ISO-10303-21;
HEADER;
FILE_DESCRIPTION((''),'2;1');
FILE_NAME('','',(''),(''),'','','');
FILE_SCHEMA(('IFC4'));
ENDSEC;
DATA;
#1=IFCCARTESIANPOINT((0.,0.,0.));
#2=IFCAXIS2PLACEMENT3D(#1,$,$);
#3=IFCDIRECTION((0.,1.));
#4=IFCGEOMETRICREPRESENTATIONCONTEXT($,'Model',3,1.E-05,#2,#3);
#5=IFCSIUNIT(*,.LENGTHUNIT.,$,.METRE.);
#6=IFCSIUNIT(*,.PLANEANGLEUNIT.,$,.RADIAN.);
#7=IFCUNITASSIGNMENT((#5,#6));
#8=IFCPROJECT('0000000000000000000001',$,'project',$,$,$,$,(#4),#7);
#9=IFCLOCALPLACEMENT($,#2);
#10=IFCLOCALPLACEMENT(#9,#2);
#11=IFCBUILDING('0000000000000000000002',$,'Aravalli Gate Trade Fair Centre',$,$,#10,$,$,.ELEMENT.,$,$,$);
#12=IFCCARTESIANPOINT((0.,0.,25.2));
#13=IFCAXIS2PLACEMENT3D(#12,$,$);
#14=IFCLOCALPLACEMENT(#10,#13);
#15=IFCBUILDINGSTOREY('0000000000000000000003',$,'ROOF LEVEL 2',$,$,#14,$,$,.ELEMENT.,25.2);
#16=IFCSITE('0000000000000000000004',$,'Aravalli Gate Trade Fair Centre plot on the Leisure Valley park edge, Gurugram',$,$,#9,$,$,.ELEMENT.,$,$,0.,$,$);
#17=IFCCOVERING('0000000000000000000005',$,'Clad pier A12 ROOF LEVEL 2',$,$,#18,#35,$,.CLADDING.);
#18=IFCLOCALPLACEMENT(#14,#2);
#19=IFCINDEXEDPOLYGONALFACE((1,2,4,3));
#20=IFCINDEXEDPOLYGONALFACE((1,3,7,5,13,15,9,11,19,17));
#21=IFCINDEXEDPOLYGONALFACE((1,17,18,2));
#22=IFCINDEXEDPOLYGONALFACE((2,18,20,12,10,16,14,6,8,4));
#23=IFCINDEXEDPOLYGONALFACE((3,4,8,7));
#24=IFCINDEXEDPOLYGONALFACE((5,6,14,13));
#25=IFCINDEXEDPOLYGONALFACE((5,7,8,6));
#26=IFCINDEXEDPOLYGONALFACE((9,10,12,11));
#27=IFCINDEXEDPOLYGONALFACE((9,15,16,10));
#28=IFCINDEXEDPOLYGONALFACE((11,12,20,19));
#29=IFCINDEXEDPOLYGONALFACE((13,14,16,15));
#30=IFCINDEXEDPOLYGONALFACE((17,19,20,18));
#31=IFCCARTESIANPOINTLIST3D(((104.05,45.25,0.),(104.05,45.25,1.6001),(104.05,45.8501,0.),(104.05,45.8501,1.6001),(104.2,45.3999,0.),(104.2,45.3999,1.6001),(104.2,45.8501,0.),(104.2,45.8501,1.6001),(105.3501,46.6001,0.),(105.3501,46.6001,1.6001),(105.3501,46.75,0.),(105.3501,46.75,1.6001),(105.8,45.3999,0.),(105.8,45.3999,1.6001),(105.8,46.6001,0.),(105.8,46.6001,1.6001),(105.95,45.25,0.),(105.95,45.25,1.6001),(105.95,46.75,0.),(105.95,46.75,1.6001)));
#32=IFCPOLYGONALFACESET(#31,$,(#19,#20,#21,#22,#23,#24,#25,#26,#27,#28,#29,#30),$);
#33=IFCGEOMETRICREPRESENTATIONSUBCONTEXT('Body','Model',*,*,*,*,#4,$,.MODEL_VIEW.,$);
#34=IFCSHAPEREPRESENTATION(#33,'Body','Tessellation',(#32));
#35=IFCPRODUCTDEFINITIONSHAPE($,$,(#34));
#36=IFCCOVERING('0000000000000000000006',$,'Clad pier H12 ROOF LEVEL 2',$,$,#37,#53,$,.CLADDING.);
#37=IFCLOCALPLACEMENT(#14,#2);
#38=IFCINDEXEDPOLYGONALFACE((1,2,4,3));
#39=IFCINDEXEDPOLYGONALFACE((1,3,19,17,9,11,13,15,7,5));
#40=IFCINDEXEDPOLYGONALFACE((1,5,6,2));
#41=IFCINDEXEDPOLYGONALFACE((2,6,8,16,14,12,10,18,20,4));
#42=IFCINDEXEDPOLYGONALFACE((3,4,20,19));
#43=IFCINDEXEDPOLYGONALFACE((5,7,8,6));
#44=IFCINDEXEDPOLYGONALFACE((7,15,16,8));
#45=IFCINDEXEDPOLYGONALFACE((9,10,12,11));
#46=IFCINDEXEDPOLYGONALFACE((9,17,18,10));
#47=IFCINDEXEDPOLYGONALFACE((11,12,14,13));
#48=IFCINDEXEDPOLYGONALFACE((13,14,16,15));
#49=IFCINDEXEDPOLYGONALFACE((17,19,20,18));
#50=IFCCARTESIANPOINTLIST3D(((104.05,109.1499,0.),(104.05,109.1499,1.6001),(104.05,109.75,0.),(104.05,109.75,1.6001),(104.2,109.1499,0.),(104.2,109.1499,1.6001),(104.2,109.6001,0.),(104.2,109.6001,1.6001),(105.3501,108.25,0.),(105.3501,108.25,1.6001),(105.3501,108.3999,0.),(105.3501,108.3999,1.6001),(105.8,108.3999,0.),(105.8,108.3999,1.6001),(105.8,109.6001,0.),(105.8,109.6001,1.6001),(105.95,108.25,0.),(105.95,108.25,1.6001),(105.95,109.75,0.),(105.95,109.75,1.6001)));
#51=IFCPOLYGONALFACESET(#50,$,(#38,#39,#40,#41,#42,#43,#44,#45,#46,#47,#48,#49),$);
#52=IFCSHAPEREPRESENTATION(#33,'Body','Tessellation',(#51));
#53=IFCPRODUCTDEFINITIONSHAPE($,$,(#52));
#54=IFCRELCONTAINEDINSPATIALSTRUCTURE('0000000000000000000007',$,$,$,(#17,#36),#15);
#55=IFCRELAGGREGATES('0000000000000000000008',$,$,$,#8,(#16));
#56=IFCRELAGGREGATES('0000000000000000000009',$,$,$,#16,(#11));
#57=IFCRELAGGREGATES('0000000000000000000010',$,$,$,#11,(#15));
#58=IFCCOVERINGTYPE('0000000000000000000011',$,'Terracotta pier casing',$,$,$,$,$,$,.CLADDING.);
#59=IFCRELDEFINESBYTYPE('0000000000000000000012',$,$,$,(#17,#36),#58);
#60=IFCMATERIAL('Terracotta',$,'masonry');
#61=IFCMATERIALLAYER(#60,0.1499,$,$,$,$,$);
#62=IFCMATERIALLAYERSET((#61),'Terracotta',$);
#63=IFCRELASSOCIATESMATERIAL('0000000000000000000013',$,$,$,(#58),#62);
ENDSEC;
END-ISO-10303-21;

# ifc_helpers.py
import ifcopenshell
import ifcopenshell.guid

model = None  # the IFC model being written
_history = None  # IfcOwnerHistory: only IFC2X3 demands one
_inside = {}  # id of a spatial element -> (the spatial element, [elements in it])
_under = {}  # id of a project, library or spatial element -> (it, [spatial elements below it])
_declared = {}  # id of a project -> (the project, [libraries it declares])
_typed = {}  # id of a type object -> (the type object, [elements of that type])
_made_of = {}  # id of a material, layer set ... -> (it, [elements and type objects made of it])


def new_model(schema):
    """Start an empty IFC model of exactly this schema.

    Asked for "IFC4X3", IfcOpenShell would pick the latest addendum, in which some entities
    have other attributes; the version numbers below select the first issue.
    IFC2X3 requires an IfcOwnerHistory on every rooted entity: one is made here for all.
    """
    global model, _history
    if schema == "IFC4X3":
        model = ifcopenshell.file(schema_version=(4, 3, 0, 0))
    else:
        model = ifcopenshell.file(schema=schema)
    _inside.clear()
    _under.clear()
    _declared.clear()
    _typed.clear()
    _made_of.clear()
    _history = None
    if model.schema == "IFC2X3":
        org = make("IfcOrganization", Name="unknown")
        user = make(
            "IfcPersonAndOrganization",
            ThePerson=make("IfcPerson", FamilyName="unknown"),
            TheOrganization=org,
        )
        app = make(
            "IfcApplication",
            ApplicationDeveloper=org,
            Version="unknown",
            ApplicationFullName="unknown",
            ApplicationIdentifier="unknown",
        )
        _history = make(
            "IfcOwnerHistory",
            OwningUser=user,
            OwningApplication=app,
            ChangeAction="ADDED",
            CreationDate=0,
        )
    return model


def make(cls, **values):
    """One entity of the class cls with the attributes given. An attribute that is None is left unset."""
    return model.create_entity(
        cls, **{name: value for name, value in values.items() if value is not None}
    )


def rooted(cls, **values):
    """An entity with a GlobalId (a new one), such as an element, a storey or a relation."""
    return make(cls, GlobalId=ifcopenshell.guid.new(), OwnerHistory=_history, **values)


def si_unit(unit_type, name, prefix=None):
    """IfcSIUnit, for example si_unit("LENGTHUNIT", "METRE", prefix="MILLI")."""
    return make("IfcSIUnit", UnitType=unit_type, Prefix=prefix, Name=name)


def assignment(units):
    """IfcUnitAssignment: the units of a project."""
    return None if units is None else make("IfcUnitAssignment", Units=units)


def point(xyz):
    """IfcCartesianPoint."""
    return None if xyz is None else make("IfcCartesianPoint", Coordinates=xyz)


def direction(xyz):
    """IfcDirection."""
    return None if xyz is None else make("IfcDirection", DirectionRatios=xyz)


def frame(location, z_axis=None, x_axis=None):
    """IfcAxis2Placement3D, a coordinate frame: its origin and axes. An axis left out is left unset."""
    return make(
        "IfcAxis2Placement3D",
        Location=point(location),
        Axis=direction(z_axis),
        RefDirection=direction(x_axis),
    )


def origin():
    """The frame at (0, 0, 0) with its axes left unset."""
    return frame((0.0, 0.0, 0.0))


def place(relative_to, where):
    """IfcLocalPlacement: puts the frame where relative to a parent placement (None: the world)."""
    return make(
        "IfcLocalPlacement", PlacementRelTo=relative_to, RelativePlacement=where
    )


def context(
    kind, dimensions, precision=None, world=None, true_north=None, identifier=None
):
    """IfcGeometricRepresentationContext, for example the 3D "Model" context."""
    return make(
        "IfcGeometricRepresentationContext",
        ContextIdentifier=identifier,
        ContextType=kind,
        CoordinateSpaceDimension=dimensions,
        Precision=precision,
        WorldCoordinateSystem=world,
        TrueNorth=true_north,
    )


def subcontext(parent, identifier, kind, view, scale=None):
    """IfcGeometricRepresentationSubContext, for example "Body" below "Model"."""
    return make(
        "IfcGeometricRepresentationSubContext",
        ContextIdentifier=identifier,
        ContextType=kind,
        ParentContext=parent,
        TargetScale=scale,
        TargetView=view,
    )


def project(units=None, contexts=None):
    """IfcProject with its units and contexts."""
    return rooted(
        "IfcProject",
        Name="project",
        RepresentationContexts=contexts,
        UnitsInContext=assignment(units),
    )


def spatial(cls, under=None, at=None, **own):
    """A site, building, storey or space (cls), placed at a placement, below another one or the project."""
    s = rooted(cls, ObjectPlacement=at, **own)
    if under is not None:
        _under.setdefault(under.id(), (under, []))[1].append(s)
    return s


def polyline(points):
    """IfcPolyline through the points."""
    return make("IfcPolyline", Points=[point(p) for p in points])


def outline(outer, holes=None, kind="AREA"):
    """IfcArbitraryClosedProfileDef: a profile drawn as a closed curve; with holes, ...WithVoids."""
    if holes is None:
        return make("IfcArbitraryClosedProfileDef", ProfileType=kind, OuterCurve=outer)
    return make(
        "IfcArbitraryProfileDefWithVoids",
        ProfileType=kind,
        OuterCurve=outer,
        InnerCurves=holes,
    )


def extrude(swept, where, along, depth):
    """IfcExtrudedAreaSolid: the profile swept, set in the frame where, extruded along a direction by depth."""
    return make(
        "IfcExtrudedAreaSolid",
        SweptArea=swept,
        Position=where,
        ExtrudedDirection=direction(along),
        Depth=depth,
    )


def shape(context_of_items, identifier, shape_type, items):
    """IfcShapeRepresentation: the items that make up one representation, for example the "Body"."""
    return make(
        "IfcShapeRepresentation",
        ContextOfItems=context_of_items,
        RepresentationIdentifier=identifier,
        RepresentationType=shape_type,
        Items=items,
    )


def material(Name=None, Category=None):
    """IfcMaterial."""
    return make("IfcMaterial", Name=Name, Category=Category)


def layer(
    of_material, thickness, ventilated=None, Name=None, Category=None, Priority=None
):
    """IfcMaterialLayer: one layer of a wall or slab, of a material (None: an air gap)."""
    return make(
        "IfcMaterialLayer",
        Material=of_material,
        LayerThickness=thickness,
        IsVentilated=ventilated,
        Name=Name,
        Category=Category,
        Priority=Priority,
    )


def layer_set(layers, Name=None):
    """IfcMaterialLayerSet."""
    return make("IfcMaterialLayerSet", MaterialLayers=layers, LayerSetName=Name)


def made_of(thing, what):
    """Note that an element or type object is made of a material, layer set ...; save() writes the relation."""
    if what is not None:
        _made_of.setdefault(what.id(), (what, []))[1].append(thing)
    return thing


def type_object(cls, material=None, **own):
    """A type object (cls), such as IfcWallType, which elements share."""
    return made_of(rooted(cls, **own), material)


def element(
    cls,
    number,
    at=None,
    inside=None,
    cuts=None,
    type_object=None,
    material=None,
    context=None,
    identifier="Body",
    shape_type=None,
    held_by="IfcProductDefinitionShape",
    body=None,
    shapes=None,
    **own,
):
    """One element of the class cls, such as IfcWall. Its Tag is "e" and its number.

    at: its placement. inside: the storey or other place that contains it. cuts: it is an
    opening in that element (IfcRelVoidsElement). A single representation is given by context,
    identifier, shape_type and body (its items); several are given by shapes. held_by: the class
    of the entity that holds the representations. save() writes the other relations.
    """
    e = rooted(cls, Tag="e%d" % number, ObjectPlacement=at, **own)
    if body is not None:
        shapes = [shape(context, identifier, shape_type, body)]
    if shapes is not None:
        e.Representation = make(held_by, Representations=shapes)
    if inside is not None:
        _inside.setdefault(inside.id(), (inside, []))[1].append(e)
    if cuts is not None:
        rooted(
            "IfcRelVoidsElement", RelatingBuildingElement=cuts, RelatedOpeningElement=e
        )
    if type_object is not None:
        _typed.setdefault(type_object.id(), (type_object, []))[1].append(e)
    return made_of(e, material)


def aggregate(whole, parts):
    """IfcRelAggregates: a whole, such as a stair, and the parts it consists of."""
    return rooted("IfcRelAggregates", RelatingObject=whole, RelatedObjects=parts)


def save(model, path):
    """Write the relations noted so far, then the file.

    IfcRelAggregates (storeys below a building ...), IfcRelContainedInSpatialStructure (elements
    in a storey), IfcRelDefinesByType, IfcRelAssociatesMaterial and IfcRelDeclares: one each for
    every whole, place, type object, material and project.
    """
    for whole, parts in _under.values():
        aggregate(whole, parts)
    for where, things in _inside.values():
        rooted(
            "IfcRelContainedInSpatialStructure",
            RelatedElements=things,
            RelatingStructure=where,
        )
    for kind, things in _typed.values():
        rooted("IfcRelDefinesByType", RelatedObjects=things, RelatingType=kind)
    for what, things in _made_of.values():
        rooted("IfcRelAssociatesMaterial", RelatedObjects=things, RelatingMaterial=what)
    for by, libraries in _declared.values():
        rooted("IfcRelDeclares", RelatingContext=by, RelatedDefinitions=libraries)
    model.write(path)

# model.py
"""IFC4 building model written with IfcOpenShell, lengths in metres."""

from ifc_helpers import new_model, si_unit, direction, frame, origin, place, context, subcontext, project, spatial, polyline, outline, extrude, material, layer, layer_set, type_object, element, save


model = new_model("IFC4")

# Units and contexts
model_context = context("Model", 3, precision=1e-05, world=origin(), true_north=direction((0.0, 1.0)))
body_context = subcontext(model_context, "Body", "Model", "MODEL_VIEW")
ifc_project = project(units=[si_unit("LENGTHUNIT", "METRE"), si_unit("PLANEANGLEUNIT", "RADIAN")], contexts=[model_context])

# Site, building, storey
site_placement = place(None, origin())
site = spatial("IfcSite", under=ifc_project, at=site_placement, Name="Aravalli Gate Trade Fair Centre plot on the Leisure Valley park edge, Gurugram", CompositionType="ELEMENT", RefElevation=0.0)
building_placement = place(site_placement, origin())
building = spatial("IfcBuilding", under=site, at=building_placement, Name="Aravalli Gate Trade Fair Centre", CompositionType="ELEMENT")
storey_placement = place(building_placement, frame((0.0, 0.0, 25.2)))
storey = spatial("IfcBuildingStorey", under=building, at=storey_placement, Name="ROOF LEVEL 2", CompositionType="ELEMENT", Elevation=25.2)

# Coverings
ifc_material = material(Name="Terracotta", Category="masonry")
ifc_layer = layer(ifc_material, 0.1499)
ifc_layer_set = layer_set([ifc_layer], Name="Terracotta")
covering_type = type_object("IfcCoveringType", Name="Terracotta pier casing", PredefinedType="CLADDING", material=ifc_layer_set)
covering_1_placement = place(storey_placement, origin())
element("IfcCovering", 1, at=covering_1_placement, inside=storey, type_object=covering_type, Name="Clad pier A12 ROOF LEVEL 2", PredefinedType="CLADDING", context=body_context, shape_type="SweptSolid", body=[
    extrude(outline(polyline([(104.05, 45.8501), (104.2, 45.8501), (104.2, 45.3999), (105.8, 45.3999), (105.8, 46.6001), (105.3501, 46.6001), (105.3501, 46.75), (105.95, 46.75), (105.95, 45.25), (104.05, 45.25), (104.05, 45.8501)])), origin(), (0.0, 0.0, 1.0), 1.6001),
])
covering_2_placement = place(storey_placement, origin())
element("IfcCovering", 2, at=covering_2_placement, inside=storey, type_object=covering_type, Name="Clad pier H12 ROOF LEVEL 2", PredefinedType="CLADDING", context=body_context, shape_type="SweptSolid", body=[
    extrude(outline(polyline([(104.05, 109.75), (105.95, 109.75), (105.95, 108.25), (105.3501, 108.25), (105.3501, 108.3999), (105.8, 108.3999), (105.8, 109.6001), (104.2, 109.6001), (104.2, 109.1499), (104.05, 109.1499), (104.05, 109.75)])), origin(), (0.0, 0.0, 1.0), 1.6001),
])

save(model, "model.ifc")
